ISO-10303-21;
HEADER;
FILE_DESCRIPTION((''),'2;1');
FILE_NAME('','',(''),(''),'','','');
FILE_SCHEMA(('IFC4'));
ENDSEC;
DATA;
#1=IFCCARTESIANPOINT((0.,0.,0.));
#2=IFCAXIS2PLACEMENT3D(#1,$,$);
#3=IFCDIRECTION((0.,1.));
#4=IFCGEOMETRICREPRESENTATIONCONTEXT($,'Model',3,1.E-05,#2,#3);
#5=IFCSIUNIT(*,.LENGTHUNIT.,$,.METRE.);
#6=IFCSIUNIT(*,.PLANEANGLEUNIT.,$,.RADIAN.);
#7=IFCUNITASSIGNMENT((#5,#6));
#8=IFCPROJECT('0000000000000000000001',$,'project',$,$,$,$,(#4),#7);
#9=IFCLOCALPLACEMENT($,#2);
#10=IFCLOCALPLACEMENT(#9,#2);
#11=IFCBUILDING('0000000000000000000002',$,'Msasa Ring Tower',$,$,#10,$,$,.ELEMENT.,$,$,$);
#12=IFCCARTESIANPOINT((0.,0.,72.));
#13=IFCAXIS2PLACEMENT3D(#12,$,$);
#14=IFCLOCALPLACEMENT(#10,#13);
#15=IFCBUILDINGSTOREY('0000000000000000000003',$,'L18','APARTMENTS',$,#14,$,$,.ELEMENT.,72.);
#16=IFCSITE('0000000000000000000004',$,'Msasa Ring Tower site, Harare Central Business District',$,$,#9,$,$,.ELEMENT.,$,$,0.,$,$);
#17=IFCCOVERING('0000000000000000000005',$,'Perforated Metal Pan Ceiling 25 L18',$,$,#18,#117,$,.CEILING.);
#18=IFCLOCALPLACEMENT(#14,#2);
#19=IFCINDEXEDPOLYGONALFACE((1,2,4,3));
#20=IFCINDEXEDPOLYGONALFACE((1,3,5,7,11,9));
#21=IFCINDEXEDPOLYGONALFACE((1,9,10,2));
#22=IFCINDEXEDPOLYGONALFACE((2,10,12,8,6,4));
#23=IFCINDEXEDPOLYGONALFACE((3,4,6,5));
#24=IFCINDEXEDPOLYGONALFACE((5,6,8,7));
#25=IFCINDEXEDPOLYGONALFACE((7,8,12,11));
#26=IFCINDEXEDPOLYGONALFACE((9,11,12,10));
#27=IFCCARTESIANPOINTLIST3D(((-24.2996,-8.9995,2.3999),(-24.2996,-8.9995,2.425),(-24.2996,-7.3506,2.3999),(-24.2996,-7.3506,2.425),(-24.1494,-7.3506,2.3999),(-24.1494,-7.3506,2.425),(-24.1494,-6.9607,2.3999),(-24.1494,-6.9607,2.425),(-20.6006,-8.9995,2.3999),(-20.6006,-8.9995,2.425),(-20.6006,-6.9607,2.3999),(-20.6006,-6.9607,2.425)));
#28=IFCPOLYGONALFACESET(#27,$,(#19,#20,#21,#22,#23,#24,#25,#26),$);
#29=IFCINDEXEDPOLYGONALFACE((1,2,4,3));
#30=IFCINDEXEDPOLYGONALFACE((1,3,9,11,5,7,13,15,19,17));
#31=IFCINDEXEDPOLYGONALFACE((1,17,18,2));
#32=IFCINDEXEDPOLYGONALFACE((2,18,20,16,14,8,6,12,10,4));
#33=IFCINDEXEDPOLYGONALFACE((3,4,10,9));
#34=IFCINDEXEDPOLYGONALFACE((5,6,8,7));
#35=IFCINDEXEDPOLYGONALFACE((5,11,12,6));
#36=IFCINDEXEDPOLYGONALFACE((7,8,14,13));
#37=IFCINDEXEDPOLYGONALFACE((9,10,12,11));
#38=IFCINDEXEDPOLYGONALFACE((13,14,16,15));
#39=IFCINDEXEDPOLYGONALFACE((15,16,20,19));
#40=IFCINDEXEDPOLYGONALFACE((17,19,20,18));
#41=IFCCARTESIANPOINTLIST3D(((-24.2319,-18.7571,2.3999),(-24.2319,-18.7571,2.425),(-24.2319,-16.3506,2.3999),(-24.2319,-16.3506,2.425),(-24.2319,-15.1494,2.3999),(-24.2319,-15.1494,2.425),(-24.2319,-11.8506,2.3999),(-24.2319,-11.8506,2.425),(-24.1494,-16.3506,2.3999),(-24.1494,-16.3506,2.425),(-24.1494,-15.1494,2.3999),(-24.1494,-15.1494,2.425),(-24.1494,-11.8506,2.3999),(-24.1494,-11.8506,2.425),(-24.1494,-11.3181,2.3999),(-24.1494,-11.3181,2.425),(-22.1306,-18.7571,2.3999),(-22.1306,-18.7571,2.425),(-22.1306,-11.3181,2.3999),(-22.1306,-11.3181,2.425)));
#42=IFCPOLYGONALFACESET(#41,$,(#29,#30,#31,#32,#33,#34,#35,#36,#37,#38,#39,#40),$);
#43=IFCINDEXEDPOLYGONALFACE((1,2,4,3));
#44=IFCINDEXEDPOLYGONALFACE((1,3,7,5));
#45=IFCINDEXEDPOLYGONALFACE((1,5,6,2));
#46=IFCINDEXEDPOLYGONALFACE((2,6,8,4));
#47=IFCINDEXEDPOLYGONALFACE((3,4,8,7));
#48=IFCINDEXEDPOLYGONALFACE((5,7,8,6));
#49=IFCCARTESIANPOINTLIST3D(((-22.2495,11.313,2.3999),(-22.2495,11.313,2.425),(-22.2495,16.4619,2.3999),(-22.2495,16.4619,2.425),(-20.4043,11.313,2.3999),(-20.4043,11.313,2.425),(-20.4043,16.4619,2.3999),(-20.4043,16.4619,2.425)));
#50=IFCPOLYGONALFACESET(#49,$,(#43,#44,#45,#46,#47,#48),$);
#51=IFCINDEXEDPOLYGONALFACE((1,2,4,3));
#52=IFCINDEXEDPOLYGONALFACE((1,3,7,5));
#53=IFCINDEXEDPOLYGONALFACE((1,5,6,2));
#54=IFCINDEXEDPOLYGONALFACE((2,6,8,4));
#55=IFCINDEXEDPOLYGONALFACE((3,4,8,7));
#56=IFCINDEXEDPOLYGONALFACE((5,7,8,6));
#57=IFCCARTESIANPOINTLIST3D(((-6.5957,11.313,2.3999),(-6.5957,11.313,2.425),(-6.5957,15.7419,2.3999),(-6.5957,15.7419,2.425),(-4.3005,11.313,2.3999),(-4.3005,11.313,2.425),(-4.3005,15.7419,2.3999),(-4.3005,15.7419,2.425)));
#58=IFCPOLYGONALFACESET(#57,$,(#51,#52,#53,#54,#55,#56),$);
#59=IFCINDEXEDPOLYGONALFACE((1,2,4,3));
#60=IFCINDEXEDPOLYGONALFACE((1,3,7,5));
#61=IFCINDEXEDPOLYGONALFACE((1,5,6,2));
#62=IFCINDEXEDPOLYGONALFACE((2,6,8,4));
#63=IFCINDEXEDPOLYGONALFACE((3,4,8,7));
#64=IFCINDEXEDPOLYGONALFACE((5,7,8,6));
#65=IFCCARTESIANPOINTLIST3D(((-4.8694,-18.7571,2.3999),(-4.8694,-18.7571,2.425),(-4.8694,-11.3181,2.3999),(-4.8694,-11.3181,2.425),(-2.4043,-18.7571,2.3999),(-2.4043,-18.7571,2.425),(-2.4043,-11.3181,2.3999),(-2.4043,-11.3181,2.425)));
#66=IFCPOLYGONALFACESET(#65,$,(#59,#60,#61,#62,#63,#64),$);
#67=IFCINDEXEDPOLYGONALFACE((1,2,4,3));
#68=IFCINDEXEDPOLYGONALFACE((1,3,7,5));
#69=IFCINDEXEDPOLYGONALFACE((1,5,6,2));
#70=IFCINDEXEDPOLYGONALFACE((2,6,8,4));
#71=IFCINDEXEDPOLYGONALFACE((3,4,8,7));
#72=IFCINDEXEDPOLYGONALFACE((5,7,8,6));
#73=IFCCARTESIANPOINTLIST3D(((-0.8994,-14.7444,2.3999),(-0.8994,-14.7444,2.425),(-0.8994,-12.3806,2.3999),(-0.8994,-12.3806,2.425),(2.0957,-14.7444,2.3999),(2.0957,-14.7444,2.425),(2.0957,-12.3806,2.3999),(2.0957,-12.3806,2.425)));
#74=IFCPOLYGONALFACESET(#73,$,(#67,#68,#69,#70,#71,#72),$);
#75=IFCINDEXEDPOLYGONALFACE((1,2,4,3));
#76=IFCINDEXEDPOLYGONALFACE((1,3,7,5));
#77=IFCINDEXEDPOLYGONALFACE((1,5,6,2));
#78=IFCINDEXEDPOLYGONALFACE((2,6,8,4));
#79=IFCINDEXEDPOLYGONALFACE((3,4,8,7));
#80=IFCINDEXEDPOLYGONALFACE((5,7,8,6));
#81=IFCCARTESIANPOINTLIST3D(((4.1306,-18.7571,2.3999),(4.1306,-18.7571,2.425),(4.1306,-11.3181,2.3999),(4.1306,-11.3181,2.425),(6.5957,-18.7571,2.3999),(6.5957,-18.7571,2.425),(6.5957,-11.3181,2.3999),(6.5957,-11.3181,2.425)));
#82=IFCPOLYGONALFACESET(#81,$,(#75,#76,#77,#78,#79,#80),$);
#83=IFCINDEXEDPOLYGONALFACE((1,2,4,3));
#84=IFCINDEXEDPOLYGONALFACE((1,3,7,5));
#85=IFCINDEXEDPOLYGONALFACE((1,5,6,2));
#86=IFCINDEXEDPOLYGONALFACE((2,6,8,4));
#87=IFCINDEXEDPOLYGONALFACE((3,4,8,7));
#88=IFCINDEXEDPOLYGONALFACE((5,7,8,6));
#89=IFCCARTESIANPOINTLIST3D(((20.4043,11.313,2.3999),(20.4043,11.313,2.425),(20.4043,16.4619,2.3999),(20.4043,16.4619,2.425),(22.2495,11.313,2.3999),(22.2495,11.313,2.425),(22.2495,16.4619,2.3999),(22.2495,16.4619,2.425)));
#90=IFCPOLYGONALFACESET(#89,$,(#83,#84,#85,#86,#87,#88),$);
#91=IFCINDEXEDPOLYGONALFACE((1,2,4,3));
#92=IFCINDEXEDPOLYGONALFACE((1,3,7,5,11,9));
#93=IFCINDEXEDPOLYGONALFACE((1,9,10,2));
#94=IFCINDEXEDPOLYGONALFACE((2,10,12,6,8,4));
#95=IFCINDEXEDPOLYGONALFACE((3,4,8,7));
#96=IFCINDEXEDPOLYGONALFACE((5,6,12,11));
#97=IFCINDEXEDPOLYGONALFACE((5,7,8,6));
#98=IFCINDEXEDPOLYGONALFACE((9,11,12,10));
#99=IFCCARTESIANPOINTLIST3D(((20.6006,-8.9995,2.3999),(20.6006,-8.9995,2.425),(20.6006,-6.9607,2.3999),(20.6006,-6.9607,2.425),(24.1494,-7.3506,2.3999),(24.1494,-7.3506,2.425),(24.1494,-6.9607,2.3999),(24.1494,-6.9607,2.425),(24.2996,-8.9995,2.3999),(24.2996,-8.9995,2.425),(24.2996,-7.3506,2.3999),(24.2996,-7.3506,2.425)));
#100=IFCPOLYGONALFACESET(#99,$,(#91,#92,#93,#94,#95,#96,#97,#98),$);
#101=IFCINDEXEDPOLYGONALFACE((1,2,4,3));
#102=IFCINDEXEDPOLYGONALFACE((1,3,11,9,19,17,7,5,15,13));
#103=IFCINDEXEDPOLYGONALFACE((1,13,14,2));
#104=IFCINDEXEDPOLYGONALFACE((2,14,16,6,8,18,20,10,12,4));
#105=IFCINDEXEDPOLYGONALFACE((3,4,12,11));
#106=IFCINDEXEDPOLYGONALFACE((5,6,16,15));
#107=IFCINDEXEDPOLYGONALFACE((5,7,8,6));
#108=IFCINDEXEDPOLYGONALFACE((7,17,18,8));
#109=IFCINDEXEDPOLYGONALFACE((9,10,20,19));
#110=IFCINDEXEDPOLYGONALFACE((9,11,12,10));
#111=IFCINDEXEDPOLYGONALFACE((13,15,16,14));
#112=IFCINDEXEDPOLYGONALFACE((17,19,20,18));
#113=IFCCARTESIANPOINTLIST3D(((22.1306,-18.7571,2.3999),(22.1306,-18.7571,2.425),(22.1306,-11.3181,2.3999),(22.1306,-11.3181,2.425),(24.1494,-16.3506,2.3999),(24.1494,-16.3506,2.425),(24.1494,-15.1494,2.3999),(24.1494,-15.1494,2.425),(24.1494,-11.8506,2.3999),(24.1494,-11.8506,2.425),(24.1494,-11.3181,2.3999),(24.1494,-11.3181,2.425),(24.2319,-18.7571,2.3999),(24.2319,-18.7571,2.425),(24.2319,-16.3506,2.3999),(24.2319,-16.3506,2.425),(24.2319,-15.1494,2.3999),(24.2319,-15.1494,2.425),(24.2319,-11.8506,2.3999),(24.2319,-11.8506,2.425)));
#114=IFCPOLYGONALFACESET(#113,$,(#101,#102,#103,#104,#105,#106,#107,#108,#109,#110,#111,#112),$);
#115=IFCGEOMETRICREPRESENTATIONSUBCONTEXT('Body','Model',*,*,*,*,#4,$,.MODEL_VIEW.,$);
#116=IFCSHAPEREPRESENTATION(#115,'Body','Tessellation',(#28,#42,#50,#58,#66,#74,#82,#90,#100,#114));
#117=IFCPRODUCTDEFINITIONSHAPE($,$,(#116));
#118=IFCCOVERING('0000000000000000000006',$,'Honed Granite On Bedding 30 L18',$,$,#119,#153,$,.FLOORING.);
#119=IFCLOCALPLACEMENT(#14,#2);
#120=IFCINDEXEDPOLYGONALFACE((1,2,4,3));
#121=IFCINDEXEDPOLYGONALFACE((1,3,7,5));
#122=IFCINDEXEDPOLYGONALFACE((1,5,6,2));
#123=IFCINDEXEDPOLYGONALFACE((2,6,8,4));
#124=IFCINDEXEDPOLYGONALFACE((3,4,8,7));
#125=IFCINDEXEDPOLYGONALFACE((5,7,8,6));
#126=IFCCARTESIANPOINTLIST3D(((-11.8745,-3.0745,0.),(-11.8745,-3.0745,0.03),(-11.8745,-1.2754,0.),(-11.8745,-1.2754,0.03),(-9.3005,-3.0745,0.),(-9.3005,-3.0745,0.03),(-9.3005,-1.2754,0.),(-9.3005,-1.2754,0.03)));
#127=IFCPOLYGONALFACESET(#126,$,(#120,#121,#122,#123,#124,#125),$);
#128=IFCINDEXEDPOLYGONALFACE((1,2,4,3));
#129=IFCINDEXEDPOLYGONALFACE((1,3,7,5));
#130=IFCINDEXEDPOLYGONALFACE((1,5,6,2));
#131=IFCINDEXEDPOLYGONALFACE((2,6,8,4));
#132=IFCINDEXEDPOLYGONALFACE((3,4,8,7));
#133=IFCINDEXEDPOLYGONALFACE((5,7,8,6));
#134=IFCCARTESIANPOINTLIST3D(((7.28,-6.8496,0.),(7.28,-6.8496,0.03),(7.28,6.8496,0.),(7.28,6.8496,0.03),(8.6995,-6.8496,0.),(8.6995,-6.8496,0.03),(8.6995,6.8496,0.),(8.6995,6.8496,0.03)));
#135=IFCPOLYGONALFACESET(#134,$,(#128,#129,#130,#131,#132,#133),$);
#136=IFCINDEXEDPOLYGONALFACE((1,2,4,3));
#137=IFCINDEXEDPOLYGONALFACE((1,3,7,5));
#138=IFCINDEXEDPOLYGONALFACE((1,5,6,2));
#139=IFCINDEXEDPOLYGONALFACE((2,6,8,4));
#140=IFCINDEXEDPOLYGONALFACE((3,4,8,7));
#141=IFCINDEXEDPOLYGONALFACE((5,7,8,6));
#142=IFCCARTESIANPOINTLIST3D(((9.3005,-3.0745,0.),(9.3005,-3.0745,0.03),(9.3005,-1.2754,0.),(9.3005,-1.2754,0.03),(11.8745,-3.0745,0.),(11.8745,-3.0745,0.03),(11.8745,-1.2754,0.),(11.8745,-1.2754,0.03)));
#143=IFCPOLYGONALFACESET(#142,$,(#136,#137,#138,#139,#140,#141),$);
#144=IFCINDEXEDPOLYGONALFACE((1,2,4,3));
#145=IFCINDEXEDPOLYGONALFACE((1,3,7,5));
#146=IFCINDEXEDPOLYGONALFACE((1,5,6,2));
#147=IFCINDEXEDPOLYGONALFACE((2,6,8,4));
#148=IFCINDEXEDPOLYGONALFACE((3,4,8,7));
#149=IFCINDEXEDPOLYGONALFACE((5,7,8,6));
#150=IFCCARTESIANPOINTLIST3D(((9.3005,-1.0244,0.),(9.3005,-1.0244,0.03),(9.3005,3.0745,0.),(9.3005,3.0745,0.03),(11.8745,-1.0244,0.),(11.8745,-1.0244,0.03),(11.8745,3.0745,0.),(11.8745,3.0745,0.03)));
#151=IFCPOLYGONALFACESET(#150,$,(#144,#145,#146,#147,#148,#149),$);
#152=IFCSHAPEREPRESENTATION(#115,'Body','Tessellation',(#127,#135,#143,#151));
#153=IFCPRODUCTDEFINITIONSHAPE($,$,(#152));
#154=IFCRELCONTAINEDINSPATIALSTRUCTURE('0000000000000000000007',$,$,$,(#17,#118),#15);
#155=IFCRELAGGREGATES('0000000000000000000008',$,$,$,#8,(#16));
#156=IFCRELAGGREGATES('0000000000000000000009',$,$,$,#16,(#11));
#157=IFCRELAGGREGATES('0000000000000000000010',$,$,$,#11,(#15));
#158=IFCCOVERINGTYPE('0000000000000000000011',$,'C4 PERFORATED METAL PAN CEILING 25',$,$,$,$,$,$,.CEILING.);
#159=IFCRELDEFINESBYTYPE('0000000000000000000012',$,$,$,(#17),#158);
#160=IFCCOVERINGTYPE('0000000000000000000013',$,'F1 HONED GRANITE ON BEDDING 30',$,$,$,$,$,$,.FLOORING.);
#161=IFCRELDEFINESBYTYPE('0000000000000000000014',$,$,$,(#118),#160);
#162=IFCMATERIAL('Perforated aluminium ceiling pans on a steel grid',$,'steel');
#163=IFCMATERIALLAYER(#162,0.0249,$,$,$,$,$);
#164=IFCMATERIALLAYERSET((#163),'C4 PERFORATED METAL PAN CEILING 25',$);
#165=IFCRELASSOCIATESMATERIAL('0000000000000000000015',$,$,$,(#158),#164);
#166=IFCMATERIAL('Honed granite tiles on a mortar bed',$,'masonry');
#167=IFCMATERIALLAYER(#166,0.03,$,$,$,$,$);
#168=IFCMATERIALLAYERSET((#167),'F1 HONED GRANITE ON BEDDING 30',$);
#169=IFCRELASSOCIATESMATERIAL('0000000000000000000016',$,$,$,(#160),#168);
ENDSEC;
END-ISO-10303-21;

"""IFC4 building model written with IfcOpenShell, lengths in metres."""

from ifc_helpers import new_model, si_unit, direction, frame, origin, place, context, subcontext, project, spatial, line, indexed_curve, outline, extrude, material, layer, layer_set, type_object, element, save


model = new_model("IFC4")

# Units and contexts
model_context = context("Model", 3, precision=1e-05, world=origin(), true_north=direction((0.0, 1.0)))
body_context = subcontext(model_context, "Body", "Model", "MODEL_VIEW")
ifc_project = project(units=[si_unit("LENGTHUNIT", "METRE"), si_unit("PLANEANGLEUNIT", "RADIAN")], contexts=[model_context])

# Site, building, storey
site_placement = place(None, origin())
site = spatial("IfcSite", under=ifc_project, at=site_placement, Name="Msasa Ring Tower site, Harare Central Business District", CompositionType="ELEMENT", RefElevation=0.0)
building_placement = place(site_placement, origin())
building = spatial("IfcBuilding", under=site, at=building_placement, Name="Msasa Ring Tower", CompositionType="ELEMENT")
storey_placement = place(building_placement, frame((0.0, 0.0, 72.0)))
storey = spatial("IfcBuildingStorey", under=building, at=storey_placement, Name="L18", Description="APARTMENTS", CompositionType="ELEMENT", Elevation=72.0)

# Coverings
ifc_material_1 = material(Name="Perforated aluminium ceiling pans on a steel grid", Category="steel")
ifc_layer_1 = layer(ifc_material_1, 0.0249)
ifc_layer_set_1 = layer_set([ifc_layer_1], Name="C4 PERFORATED METAL PAN CEILING 25")
covering_type_1 = type_object("IfcCoveringType", Name="C4 PERFORATED METAL PAN CEILING 25", PredefinedType="CEILING", material=ifc_layer_set_1)
covering_1_placement = place(storey_placement, frame((0.0, 0.0, 2.3999)))
element("IfcCovering", 1, at=covering_1_placement, inside=storey, type_object=covering_type_1, Name="Perforated Metal Pan Ceiling 25 L18", PredefinedType="CEILING", context=body_context, shape_type="SweptSolid", body=[
    extrude(outline(indexed_curve([(-20.6006, -8.9995), (-24.2996, -8.9995), (-24.2996, -7.3506), (-24.1494, -7.3506), (-24.1494, -6.9607), (-20.6006, -6.9607)], segments=[line(1, 2, 3, 4, 5, 6, 1)], self_intersect=False)), origin(), (0.0, 0.0, 1.0), 0.0251),
    extrude(outline(indexed_curve([(-24.2319, -18.7571), (-24.2319, -16.3506), (-24.1494, -16.3506), (-24.1494, -15.1494), (-24.2319, -15.1494), (-24.2319, -11.8506), (-24.1494, -11.8506), (-24.1494, -11.3181), (-22.1306, -11.3181), (-22.1306, -18.7571)], segments=[line(1, 2, 3, 4, 5, 6, 7, 8, 9, 10, 1)], self_intersect=False)), origin(), (0.0, 0.0, 1.0), 0.0251),
    extrude(outline(indexed_curve([(-22.2495, 16.4619), (-20.4043, 16.4619), (-20.4043, 11.313), (-22.2495, 11.313)], segments=[line(1, 2, 3, 4, 1)], self_intersect=False)), origin(), (0.0, 0.0, 1.0), 0.0251),
    extrude(outline(indexed_curve([(-6.5957, 11.313), (-6.5957, 15.7419), (-4.3005, 15.7419), (-4.3005, 11.313)], segments=[line(1, 2, 3, 4, 1)], self_intersect=False)), origin(), (0.0, 0.0, 1.0), 0.0251),
    extrude(outline(indexed_curve([(-4.8694, -18.7571), (-4.8694, -11.3181), (-2.4043, -11.3181), (-2.4043, -18.7571)], segments=[line(1, 2, 3, 4, 1)], self_intersect=False)), origin(), (0.0, 0.0, 1.0), 0.0251),
    extrude(outline(indexed_curve([(-0.8994, -12.3806), (2.0957, -12.3806), (2.0957, -14.7444), (-0.8994, -14.7444)], segments=[line(1, 2, 3, 4, 1)], self_intersect=False)), origin(), (0.0, 0.0, 1.0), 0.0251),
    extrude(outline(indexed_curve([(4.1306, -18.7571), (4.1306, -11.3181), (6.5957, -11.3181), (6.5957, -18.7571)], segments=[line(1, 2, 3, 4, 1)], self_intersect=False)), origin(), (0.0, 0.0, 1.0), 0.0251),
    extrude(outline(indexed_curve([(22.2495, 16.4619), (22.2495, 11.313), (20.4043, 11.313), (20.4043, 16.4619)], segments=[line(1, 2, 3, 4, 1)], self_intersect=False)), origin(), (0.0, 0.0, 1.0), 0.0251),
    extrude(outline(indexed_curve([(24.2996, -8.9995), (20.6006, -8.9995), (20.6006, -6.9607), (24.1494, -6.9607), (24.1494, -7.3506), (24.2996, -7.3506)], segments=[line(1, 2, 3, 4, 5, 6, 1)], self_intersect=False)), origin(), (0.0, 0.0, 1.0), 0.0251),
    extrude(outline(indexed_curve([(22.1306, -11.3181), (24.1494, -11.3181), (24.1494, -11.8506), (24.2319, -11.8506), (24.2319, -15.1494), (24.1494, -15.1494), (24.1494, -16.3506), (24.2319, -16.3506), (24.2319, -18.7571), (22.1306, -18.7571)], segments=[line(1, 2, 3, 4, 5, 6, 7, 8, 9, 10, 1)], self_intersect=False)), origin(), (0.0, 0.0, 1.0), 0.0251),
])
ifc_material_2 = material(Name="Honed granite tiles on a mortar bed", Category="masonry")
ifc_layer_2 = layer(ifc_material_2, 0.03)
ifc_layer_set_2 = layer_set([ifc_layer_2], Name="F1 HONED GRANITE ON BEDDING 30")
covering_type_2 = type_object("IfcCoveringType", Name="F1 HONED GRANITE ON BEDDING 30", PredefinedType="FLOORING", material=ifc_layer_set_2)
covering_2_placement = place(storey_placement, origin())
element("IfcCovering", 2, at=covering_2_placement, inside=storey, type_object=covering_type_2, Name="Honed Granite On Bedding 30 L18", PredefinedType="FLOORING", context=body_context, shape_type="SweptSolid", body=[
    extrude(outline(indexed_curve([(-11.8745, -3.0745), (-11.8745, -1.2754), (-9.3005, -1.2754), (-9.3005, -3.0745)], segments=[line(1, 2, 3, 4, 1)], self_intersect=False)), origin(), (0.0, 0.0, 1.0), 0.03),
    extrude(outline(indexed_curve([(7.28, -6.8496), (7.28, 6.8496), (8.6995, 6.8496), (8.6995, -6.8496)], segments=[line(1, 2, 3, 4, 1)], self_intersect=False)), origin(), (0.0, 0.0, 1.0), 0.03),
    extrude(outline(indexed_curve([(9.3005, -3.0745), (9.3005, -1.2754), (11.8745, -1.2754), (11.8745, -3.0745)], segments=[line(1, 2, 3, 4, 1)], self_intersect=False)), origin(), (0.0, 0.0, 1.0), 0.03),
    extrude(outline(indexed_curve([(9.3005, -1.0244), (9.3005, 3.0745), (11.8745, 3.0745), (11.8745, -1.0244)], segments=[line(1, 2, 3, 4, 1)], self_intersect=False)), origin(), (0.0, 0.0, 1.0), 0.03),
])

save(model, "model.ifc")
